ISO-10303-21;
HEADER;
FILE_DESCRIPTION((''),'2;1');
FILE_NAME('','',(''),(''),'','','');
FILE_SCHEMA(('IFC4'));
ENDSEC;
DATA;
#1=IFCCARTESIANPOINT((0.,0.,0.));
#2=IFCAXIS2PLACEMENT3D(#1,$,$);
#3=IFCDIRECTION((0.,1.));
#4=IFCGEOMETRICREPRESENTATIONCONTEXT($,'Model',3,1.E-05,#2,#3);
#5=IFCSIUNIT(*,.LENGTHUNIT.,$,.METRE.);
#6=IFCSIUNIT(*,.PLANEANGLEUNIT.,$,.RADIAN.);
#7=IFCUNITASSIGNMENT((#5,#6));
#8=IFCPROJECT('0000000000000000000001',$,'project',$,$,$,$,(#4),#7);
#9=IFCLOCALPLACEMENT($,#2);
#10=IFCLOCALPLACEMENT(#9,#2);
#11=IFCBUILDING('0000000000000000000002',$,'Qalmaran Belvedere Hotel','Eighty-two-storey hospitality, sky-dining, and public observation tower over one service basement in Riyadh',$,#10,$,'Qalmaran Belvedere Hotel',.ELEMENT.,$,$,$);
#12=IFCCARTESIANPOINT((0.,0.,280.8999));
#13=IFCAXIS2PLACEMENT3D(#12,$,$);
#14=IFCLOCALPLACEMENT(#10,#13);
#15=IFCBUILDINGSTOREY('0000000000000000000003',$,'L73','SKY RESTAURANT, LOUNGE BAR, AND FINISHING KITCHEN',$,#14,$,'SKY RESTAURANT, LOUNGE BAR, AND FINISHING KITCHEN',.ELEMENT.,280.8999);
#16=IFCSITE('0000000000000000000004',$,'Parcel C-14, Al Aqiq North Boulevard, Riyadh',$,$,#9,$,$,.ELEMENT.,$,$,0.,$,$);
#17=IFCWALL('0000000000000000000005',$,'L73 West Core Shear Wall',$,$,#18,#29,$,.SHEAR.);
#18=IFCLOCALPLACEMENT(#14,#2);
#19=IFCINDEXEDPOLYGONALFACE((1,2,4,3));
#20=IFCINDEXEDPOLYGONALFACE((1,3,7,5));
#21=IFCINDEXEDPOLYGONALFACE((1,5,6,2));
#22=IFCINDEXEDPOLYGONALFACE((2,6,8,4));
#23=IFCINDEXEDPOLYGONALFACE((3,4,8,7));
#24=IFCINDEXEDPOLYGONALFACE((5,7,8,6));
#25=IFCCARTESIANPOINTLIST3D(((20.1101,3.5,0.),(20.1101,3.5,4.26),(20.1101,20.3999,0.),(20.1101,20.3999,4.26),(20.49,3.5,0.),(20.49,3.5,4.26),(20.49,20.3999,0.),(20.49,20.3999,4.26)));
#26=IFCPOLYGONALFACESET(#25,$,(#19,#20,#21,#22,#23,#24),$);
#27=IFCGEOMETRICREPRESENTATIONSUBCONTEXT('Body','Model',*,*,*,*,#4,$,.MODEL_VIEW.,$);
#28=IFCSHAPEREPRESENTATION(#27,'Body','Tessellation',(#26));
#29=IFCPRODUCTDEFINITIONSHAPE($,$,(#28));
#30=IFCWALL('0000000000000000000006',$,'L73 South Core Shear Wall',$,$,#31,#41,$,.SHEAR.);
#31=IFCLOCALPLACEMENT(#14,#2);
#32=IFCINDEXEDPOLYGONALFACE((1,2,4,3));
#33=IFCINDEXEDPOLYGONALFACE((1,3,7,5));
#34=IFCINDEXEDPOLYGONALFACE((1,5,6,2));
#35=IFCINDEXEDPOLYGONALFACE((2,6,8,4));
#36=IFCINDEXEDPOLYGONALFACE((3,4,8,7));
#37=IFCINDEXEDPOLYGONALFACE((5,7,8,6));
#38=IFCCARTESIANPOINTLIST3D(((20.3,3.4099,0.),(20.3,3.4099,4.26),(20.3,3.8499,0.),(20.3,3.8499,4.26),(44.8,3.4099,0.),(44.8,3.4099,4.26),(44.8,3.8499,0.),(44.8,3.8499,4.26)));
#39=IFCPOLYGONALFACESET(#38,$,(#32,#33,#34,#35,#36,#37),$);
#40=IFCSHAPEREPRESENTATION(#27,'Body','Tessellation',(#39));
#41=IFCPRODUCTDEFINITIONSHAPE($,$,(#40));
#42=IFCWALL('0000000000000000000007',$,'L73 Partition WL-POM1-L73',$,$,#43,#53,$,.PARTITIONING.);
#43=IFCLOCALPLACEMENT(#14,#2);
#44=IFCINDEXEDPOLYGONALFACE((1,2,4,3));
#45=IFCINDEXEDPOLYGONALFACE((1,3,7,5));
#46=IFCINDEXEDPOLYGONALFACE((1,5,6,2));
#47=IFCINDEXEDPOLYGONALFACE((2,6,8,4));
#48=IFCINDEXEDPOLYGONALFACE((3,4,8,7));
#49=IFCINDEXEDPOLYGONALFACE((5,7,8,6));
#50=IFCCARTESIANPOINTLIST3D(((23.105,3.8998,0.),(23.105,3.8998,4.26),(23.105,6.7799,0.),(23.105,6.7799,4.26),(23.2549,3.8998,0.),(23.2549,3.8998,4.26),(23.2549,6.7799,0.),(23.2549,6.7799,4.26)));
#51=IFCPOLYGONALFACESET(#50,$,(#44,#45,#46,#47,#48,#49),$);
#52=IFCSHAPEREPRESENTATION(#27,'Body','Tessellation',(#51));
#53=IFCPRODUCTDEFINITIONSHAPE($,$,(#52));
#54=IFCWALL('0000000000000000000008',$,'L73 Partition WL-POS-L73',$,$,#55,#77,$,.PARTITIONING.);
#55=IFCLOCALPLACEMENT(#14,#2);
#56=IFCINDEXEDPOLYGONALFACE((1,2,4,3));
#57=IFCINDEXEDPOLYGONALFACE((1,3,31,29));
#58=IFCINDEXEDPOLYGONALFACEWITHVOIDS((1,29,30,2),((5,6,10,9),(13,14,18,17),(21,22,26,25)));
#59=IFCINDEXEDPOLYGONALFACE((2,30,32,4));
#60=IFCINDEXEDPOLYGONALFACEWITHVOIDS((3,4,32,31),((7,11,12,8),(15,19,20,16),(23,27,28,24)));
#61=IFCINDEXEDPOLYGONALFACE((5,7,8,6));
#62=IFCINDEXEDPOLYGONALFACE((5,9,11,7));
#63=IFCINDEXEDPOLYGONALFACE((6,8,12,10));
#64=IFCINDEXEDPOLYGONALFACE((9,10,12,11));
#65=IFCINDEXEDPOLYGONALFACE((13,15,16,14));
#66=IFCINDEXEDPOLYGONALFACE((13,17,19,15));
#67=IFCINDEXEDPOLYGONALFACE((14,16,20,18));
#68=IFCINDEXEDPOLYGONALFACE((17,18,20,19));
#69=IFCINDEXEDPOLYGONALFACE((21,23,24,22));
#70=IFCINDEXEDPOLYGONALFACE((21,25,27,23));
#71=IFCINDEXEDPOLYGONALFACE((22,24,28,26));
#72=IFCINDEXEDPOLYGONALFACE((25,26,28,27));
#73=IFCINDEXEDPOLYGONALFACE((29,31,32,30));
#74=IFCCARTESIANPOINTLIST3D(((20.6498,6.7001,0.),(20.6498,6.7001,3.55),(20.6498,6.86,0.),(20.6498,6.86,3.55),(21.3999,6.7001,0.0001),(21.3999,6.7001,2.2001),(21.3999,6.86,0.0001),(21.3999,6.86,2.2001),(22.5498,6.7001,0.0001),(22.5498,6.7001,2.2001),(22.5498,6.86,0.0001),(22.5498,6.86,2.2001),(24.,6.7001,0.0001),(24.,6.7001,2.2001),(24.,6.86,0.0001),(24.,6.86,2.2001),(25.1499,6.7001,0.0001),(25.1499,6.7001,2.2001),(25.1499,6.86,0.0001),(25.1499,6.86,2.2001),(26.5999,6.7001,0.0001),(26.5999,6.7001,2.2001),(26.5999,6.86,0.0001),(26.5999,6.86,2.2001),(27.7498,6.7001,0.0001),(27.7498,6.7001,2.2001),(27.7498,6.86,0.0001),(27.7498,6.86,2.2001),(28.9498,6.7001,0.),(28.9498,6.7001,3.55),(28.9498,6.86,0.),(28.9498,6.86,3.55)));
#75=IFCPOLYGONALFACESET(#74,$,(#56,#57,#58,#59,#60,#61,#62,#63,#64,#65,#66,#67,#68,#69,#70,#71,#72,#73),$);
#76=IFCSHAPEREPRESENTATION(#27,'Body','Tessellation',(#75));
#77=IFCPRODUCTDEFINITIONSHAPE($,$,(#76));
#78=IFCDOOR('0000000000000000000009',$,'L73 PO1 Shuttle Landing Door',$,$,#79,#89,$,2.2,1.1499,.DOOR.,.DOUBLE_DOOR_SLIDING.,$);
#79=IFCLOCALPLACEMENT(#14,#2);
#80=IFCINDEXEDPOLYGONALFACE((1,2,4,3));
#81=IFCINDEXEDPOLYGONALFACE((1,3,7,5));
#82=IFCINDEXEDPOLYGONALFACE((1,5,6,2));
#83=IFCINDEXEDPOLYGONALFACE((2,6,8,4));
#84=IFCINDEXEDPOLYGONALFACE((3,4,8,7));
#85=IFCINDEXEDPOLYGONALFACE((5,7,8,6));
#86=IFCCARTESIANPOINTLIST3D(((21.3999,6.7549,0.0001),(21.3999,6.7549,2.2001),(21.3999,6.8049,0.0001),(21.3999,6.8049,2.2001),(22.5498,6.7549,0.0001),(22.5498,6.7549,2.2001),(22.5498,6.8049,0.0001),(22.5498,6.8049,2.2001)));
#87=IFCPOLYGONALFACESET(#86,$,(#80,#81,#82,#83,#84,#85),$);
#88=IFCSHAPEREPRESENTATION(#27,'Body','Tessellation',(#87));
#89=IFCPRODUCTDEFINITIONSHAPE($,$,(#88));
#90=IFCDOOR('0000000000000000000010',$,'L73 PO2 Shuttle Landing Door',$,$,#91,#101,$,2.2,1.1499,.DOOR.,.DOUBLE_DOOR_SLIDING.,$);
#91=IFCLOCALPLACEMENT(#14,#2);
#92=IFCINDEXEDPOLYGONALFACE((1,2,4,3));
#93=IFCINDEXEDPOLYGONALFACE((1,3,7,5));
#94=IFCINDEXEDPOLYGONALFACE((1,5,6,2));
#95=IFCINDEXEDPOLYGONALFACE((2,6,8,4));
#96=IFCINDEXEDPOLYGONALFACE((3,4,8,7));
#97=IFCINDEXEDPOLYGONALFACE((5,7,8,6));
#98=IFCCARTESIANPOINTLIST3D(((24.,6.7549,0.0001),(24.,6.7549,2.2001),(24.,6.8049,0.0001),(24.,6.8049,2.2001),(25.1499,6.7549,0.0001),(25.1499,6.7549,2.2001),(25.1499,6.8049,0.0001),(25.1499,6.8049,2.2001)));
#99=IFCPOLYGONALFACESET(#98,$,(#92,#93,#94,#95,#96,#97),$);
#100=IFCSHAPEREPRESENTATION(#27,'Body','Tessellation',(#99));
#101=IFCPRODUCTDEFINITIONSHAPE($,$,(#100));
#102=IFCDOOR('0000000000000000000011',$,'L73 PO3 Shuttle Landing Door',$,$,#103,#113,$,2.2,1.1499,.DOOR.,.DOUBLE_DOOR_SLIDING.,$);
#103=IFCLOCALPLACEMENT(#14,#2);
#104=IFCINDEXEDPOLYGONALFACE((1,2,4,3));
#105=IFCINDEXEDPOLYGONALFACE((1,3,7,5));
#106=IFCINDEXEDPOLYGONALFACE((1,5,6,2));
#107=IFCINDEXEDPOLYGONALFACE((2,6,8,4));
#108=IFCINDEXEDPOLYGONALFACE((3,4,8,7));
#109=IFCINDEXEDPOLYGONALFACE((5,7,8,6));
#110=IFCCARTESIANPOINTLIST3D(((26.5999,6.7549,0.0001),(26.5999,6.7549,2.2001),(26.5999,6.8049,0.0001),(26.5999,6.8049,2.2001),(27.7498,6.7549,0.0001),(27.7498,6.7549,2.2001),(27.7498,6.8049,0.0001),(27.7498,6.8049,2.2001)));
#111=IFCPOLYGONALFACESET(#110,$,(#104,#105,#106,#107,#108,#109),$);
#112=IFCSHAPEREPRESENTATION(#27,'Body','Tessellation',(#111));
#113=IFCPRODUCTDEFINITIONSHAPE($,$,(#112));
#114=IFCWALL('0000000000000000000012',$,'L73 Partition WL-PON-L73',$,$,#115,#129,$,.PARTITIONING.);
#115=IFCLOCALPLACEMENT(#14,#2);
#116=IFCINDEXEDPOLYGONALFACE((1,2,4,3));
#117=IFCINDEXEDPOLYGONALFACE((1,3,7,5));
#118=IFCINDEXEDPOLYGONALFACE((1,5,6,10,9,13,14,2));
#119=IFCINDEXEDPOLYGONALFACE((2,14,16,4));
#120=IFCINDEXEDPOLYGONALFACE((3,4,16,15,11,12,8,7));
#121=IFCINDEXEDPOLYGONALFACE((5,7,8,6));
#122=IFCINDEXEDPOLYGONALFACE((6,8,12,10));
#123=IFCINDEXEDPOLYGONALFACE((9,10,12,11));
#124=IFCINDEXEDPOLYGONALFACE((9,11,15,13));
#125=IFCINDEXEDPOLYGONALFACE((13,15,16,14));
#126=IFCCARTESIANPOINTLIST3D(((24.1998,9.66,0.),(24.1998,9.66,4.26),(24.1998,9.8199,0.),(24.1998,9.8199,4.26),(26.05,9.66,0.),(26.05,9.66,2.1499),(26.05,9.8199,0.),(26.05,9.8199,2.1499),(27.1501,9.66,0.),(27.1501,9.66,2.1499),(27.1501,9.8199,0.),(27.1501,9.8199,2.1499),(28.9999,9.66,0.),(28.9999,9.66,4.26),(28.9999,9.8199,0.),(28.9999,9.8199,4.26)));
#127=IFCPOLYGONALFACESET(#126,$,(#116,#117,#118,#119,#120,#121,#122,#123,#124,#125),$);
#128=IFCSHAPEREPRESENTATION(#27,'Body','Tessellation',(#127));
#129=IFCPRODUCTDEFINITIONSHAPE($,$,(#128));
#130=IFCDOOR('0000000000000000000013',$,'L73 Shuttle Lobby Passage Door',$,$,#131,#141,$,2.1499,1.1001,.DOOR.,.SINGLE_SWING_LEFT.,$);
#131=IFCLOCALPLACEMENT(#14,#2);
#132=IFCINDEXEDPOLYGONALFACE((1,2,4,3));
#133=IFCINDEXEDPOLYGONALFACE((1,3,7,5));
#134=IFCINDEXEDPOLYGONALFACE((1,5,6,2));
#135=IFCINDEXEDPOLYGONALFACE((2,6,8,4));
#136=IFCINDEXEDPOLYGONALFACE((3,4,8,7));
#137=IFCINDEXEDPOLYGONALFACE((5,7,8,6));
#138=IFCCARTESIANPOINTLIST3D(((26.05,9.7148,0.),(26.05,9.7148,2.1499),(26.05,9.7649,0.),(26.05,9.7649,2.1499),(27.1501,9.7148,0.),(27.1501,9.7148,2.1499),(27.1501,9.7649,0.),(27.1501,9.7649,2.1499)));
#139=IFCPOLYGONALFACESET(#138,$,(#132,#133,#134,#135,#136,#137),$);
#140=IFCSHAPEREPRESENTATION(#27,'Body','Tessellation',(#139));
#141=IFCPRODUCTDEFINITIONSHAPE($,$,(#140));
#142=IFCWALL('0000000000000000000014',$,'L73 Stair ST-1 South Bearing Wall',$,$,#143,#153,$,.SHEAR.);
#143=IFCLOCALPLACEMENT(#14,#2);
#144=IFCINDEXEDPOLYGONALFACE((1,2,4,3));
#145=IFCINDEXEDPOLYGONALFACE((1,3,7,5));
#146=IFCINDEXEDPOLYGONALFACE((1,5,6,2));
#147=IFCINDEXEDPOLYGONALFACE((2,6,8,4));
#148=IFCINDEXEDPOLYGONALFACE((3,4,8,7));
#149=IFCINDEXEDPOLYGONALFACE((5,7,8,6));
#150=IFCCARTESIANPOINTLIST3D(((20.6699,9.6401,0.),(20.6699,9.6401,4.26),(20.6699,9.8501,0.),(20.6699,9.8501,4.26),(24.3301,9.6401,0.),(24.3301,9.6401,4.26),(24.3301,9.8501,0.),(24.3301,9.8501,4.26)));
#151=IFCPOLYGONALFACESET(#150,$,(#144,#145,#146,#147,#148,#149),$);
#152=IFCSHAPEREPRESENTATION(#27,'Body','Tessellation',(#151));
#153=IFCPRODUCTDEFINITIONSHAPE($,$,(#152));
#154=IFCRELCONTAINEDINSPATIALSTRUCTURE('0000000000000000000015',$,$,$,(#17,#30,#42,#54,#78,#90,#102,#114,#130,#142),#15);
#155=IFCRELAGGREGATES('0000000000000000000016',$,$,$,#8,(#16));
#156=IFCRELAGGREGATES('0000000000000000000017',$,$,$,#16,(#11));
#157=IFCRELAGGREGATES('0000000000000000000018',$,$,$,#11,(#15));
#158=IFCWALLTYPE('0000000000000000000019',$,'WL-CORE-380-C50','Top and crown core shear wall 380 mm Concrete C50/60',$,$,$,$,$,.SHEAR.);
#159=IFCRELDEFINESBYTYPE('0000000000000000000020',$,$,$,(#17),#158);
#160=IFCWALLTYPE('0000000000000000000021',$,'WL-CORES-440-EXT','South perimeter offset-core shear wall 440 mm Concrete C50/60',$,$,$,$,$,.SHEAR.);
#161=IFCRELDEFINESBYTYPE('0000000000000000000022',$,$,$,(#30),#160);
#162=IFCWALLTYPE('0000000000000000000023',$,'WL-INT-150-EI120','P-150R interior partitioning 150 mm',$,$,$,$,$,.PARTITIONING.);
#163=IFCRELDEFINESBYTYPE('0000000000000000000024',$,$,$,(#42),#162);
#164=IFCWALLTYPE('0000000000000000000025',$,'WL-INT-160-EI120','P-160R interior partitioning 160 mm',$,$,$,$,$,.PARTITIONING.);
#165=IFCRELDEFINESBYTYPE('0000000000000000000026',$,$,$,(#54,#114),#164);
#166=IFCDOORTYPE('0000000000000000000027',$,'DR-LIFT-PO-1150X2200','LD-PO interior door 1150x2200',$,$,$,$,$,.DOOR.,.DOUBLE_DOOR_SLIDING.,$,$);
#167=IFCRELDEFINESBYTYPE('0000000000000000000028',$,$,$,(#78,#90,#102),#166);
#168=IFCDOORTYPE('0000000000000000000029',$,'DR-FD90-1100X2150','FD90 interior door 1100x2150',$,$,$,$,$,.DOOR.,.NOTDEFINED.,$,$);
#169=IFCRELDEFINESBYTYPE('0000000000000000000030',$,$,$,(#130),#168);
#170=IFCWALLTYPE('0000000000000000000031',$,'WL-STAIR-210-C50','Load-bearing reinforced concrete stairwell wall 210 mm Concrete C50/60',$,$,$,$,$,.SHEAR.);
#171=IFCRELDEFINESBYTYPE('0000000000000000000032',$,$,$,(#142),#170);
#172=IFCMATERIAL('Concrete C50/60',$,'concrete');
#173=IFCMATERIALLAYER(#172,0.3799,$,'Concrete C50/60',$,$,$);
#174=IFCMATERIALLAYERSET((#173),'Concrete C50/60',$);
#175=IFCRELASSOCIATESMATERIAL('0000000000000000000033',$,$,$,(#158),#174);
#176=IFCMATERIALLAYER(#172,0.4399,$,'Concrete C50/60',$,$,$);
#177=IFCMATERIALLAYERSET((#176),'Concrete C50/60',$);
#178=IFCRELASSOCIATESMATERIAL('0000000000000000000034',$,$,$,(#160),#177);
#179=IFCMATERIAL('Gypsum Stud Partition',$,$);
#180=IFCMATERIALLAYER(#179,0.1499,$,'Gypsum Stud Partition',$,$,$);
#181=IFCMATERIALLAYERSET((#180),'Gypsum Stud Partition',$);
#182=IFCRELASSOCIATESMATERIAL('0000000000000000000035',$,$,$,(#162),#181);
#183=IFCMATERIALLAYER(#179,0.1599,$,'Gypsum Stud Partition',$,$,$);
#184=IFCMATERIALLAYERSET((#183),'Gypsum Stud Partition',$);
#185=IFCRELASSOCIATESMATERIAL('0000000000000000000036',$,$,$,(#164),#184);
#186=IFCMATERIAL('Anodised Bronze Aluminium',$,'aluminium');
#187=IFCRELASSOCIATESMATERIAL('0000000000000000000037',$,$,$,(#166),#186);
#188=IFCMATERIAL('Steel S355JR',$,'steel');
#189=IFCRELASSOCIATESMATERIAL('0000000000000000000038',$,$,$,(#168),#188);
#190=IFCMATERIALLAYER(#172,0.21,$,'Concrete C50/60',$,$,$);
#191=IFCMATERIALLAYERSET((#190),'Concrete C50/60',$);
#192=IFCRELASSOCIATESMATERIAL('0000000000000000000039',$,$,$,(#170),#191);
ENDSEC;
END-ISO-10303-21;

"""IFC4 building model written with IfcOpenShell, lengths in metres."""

from ifc_helpers import new_model, si_unit, direction, frame, frame_2d, origin, place, context, subcontext, project, spatial, rectangle, extrude, material, layer, layer_set, type_object, element, fill, save


model = new_model("IFC4")

# Units and contexts
model_context = context("Model", 3, precision=1e-05, world=origin(), true_north=direction((0.0, 1.0)))
body_context = subcontext(model_context, "Body", "Model", "MODEL_VIEW")
ifc_project = project(units=[si_unit("LENGTHUNIT", "METRE"), si_unit("PLANEANGLEUNIT", "RADIAN")], contexts=[model_context])

# Site, building, storey
site_placement = place(None, origin())
site = spatial("IfcSite", under=ifc_project, at=site_placement, Name="Parcel C-14, Al Aqiq North Boulevard, Riyadh", CompositionType="ELEMENT", RefElevation=0.0)
building_placement = place(site_placement, origin())
building = spatial("IfcBuilding", under=site, at=building_placement, Name="Qalmaran Belvedere Hotel", Description="Eighty-two-storey hospitality, sky-dining, and public observation tower over one service basement in Riyadh", LongName="Qalmaran Belvedere Hotel", CompositionType="ELEMENT")
storey_placement = place(building_placement, frame((0.0, 0.0, 280.8999)))
storey = spatial("IfcBuildingStorey", under=building, at=storey_placement, Name="L73", Description="SKY RESTAURANT, LOUNGE BAR, AND FINISHING KITCHEN", LongName="SKY RESTAURANT, LOUNGE BAR, AND FINISHING KITCHEN", CompositionType="ELEMENT", Elevation=280.8999)

# Shared definitions
ifc_material_1 = material(Name="Concrete C50/60", Category="concrete")

# Shared definitions
ifc_material_2 = material(Name="Steel S355JR", Category="steel")

# Shared definitions
ifc_material_3 = material(Name="Anodised Bronze Aluminium", Category="aluminium")

# Walls
ifc_layer_1 = layer(ifc_material_1, 0.3799, Name="Concrete C50/60")
ifc_layer_set_1 = layer_set([ifc_layer_1], Name="Concrete C50/60")
wall_type_1 = type_object("IfcWallType", Name="WL-CORE-380-C50", Description="Top and crown core shear wall 380 mm Concrete C50/60", PredefinedType="SHEAR", material=ifc_layer_set_1)
wall_1_placement = place(storey_placement, frame((20.3, 3.5, 0.0), z_axis=(0.0, 0.0, 1.0), x_axis=(0.0, 1.0, 0.0)))
element("IfcWall", 1, at=wall_1_placement, inside=storey, type_object=wall_type_1, Name="L73 West Core Shear Wall", PredefinedType="SHEAR", context=body_context, shape_type="SweptSolid", body=[
    extrude(rectangle(XDim=16.8999, YDim=0.3799, at=frame_2d((8.45, 0.0))), origin(), (0.0, 0.0, 1.0), 4.26),
])
ifc_layer_2 = layer(ifc_material_1, 0.4399, Name="Concrete C50/60")
ifc_layer_set_2 = layer_set([ifc_layer_2], Name="Concrete C50/60")
wall_type_2 = type_object("IfcWallType", Name="WL-CORES-440-EXT", Description="South perimeter offset-core shear wall 440 mm Concrete C50/60", PredefinedType="SHEAR", material=ifc_layer_set_2)
wall_2_placement = place(storey_placement, frame((20.3, 3.6299, 0.0), z_axis=(0.0, 0.0, 1.0), x_axis=(1.0, 0.0, 0.0)))
element("IfcWall", 2, at=wall_2_placement, inside=storey, type_object=wall_type_2, Name="L73 South Core Shear Wall", PredefinedType="SHEAR", context=body_context, shape_type="SweptSolid", body=[
    extrude(rectangle(XDim=24.5, YDim=0.4399, at=frame_2d((12.25, 0.0))), origin(), (0.0, 0.0, 1.0), 4.26),
])
ifc_material_4 = material(Name="Gypsum Stud Partition")
ifc_layer_3 = layer(ifc_material_4, 0.1499, Name="Gypsum Stud Partition")
ifc_layer_set_3 = layer_set([ifc_layer_3], Name="Gypsum Stud Partition")
wall_type_3 = type_object("IfcWallType", Name="WL-INT-150-EI120", Description="P-150R interior partitioning 150 mm", PredefinedType="PARTITIONING", material=ifc_layer_set_3)
wall_3_placement = place(storey_placement, frame((23.1799, 3.8999, 0.0), z_axis=(0.0, 0.0, 1.0), x_axis=(0.0, 1.0, 0.0)))
element("IfcWall", 3, at=wall_3_placement, inside=storey, type_object=wall_type_3, Name="L73 Partition WL-POM1-L73", PredefinedType="PARTITIONING", context=body_context, shape_type="SweptSolid", body=[
    extrude(rectangle(XDim=2.8801, YDim=0.1499, at=frame_2d((1.4399, 0.0))), origin(), (0.0, 0.0, 1.0), 4.26),
])

# Wall, openings, doors
ifc_layer_4 = layer(ifc_material_4, 0.1599, Name="Gypsum Stud Partition")
ifc_layer_set_4 = layer_set([ifc_layer_4], Name="Gypsum Stud Partition")
wall_type_4 = type_object("IfcWallType", Name="WL-INT-160-EI120", Description="P-160R interior partitioning 160 mm", PredefinedType="PARTITIONING", material=ifc_layer_set_4)
wall_4_placement = place(storey_placement, frame((20.6499, 6.78, 0.0), z_axis=(0.0, 0.0, 1.0), x_axis=(1.0, 0.0, 0.0)))
wall_4 = element("IfcWall", 4, at=wall_4_placement, inside=storey, type_object=wall_type_4, Name="L73 Partition WL-POS-L73", PredefinedType="PARTITIONING", context=body_context, shape_type="SweptSolid", body=[
    extrude(rectangle(XDim=8.3, YDim=0.1599, at=frame_2d((4.1499, 0.0))), origin(), (0.0, 0.0, 1.0), 3.55),
])
opening_1_placement = place(wall_4_placement, frame((0.75, 0.0, 0.0)))
opening_1 = element("IfcOpeningElement", 5, at=opening_1_placement, cuts=wall_4, PredefinedType="OPENING", context=body_context, shape_type="SweptSolid", body=[
    extrude(rectangle(XDim=1.1499, YDim=2.2, at=frame_2d((0.575, 1.1001))), frame((0.0, 0.0898, 0.0), z_axis=(0.0, -1.0, 0.0), x_axis=(1.0, 0.0, 0.0)), (0.0, 0.0, 1.0), 0.1799),
])
opening_2_placement = place(wall_4_placement, frame((3.3501, 0.0, 0.0)))
opening_2 = element("IfcOpeningElement", 6, at=opening_2_placement, cuts=wall_4, PredefinedType="OPENING", context=body_context, shape_type="SweptSolid", body=[
    extrude(rectangle(XDim=1.1499, YDim=2.2, at=frame_2d((0.575, 1.1001))), frame((0.0, 0.0898, 0.0), z_axis=(0.0, -1.0, 0.0), x_axis=(1.0, 0.0, 0.0)), (0.0, 0.0, 1.0), 0.1799),
])
opening_3_placement = place(wall_4_placement, frame((5.95, 0.0, 0.0)))
opening_3 = element("IfcOpeningElement", 7, at=opening_3_placement, cuts=wall_4, PredefinedType="OPENING", context=body_context, shape_type="SweptSolid", body=[
    extrude(rectangle(XDim=1.1499, YDim=2.2, at=frame_2d((0.575, 1.1001))), frame((0.0, 0.0898, 0.0), z_axis=(0.0, -1.0, 0.0), x_axis=(1.0, 0.0, 0.0)), (0.0, 0.0, 1.0), 0.1799),
])
door_type_1 = type_object("IfcDoorType", Name="DR-LIFT-PO-1150X2200", Description="LD-PO interior door 1150x2200", OperationType="DOUBLE_DOOR_SLIDING", PredefinedType="DOOR", material=ifc_material_3)
door_1_placement = place(opening_1_placement, origin())
door_1 = element("IfcDoor", 8, at=door_1_placement, inside=storey, type_object=door_type_1, Name="L73 PO1 Shuttle Landing Door", OperationType="DOUBLE_DOOR_SLIDING", OverallHeight=2.2, OverallWidth=1.1499, PredefinedType="DOOR", context=body_context, shape_type="SweptSolid", body=[
    extrude(rectangle(XDim=1.1499, YDim=2.2, at=frame_2d((0.575, 1.1001))), frame((0.0, 0.0249, 0.0), z_axis=(0.0, -1.0, 0.0), x_axis=(1.0, 0.0, 0.0)), (0.0, 0.0, 1.0), 0.05),
])
fill(opening_1, door_1)
door_2_placement = place(opening_2_placement, origin())
door_2 = element("IfcDoor", 9, at=door_2_placement, inside=storey, type_object=door_type_1, Name="L73 PO2 Shuttle Landing Door", OperationType="DOUBLE_DOOR_SLIDING", OverallHeight=2.2, OverallWidth=1.1499, PredefinedType="DOOR", context=body_context, shape_type="SweptSolid", body=[
    extrude(rectangle(XDim=1.1499, YDim=2.2, at=frame_2d((0.575, 1.1001))), frame((0.0, 0.0249, 0.0), z_axis=(0.0, -1.0, 0.0), x_axis=(1.0, 0.0, 0.0)), (0.0, 0.0, 1.0), 0.05),
])
fill(opening_2, door_2)
door_3_placement = place(opening_3_placement, origin())
door_3 = element("IfcDoor", 10, at=door_3_placement, inside=storey, type_object=door_type_1, Name="L73 PO3 Shuttle Landing Door", OperationType="DOUBLE_DOOR_SLIDING", OverallHeight=2.2, OverallWidth=1.1499, PredefinedType="DOOR", context=body_context, shape_type="SweptSolid", body=[
    extrude(rectangle(XDim=1.1499, YDim=2.2, at=frame_2d((0.575, 1.1001))), frame((0.0, 0.0249, 0.0), z_axis=(0.0, -1.0, 0.0), x_axis=(1.0, 0.0, 0.0)), (0.0, 0.0, 1.0), 0.05),
])
fill(opening_3, door_3)

# Wall, opening, door
wall_5_placement = place(storey_placement, frame((24.2, 9.74, 0.0), z_axis=(0.0, 0.0, 1.0), x_axis=(1.0, 0.0, 0.0)))
wall_5 = element("IfcWall", 11, at=wall_5_placement, inside=storey, type_object=wall_type_4, Name="L73 Partition WL-PON-L73", PredefinedType="PARTITIONING", context=body_context, shape_type="SweptSolid", body=[
    extrude(rectangle(XDim=4.8, YDim=0.1599, at=frame_2d((2.3999, 0.0))), origin(), (0.0, 0.0, 1.0), 4.26),
])
opening_4_placement = place(wall_5_placement, frame((1.8501, 0.0, 0.0)))
opening_4 = element("IfcOpeningElement", 12, at=opening_4_placement, cuts=wall_5, PredefinedType="OPENING", context=body_context, shape_type="SweptSolid", body=[
    extrude(rectangle(XDim=1.1001, YDim=2.1499, at=frame_2d((0.55, 1.075))), frame((0.0, 0.0898, 0.0), z_axis=(0.0, -1.0, 0.0), x_axis=(1.0, 0.0, 0.0)), (0.0, 0.0, 1.0), 0.1799),
])
door_type_2 = type_object("IfcDoorType", Name="DR-FD90-1100X2150", Description="FD90 interior door 1100x2150", OperationType="NOTDEFINED", PredefinedType="DOOR", material=ifc_material_2)
door_4_placement = place(opening_4_placement, origin())
door_4 = element("IfcDoor", 13, at=door_4_placement, inside=storey, type_object=door_type_2, Name="L73 Shuttle Lobby Passage Door", OperationType="SINGLE_SWING_LEFT", OverallHeight=2.1499, OverallWidth=1.1001, PredefinedType="DOOR", context=body_context, shape_type="SweptSolid", body=[
    extrude(rectangle(XDim=1.1001, YDim=2.1499, at=frame_2d((0.55, 1.075))), frame((0.0, 0.0249, 0.0), z_axis=(0.0, -1.0, 0.0), x_axis=(1.0, 0.0, 0.0)), (0.0, 0.0, 1.0), 0.05),
])
fill(opening_4, door_4)

# Wall
ifc_layer_5 = layer(ifc_material_1, 0.21, Name="Concrete C50/60")
ifc_layer_set_5 = layer_set([ifc_layer_5], Name="Concrete C50/60")
wall_type_5 = type_object("IfcWallType", Name="WL-STAIR-210-C50", Description="Load-bearing reinforced concrete stairwell wall 210 mm Concrete C50/60", PredefinedType="SHEAR", material=ifc_layer_set_5)
wall_6_placement = place(storey_placement, frame((20.6699, 9.7451, 0.0), z_axis=(0.0, 0.0, 1.0), x_axis=(1.0, 0.0, 0.0)))
element("IfcWall", 14, at=wall_6_placement, inside=storey, type_object=wall_type_5, Name="L73 Stair ST-1 South Bearing Wall", PredefinedType="SHEAR", context=body_context, shape_type="SweptSolid", body=[
    extrude(rectangle(XDim=3.6602, YDim=0.21, at=frame_2d((1.8301, 0.0))), origin(), (0.0, 0.0, 1.0), 4.26),
])

save(model, "model.ifc")
